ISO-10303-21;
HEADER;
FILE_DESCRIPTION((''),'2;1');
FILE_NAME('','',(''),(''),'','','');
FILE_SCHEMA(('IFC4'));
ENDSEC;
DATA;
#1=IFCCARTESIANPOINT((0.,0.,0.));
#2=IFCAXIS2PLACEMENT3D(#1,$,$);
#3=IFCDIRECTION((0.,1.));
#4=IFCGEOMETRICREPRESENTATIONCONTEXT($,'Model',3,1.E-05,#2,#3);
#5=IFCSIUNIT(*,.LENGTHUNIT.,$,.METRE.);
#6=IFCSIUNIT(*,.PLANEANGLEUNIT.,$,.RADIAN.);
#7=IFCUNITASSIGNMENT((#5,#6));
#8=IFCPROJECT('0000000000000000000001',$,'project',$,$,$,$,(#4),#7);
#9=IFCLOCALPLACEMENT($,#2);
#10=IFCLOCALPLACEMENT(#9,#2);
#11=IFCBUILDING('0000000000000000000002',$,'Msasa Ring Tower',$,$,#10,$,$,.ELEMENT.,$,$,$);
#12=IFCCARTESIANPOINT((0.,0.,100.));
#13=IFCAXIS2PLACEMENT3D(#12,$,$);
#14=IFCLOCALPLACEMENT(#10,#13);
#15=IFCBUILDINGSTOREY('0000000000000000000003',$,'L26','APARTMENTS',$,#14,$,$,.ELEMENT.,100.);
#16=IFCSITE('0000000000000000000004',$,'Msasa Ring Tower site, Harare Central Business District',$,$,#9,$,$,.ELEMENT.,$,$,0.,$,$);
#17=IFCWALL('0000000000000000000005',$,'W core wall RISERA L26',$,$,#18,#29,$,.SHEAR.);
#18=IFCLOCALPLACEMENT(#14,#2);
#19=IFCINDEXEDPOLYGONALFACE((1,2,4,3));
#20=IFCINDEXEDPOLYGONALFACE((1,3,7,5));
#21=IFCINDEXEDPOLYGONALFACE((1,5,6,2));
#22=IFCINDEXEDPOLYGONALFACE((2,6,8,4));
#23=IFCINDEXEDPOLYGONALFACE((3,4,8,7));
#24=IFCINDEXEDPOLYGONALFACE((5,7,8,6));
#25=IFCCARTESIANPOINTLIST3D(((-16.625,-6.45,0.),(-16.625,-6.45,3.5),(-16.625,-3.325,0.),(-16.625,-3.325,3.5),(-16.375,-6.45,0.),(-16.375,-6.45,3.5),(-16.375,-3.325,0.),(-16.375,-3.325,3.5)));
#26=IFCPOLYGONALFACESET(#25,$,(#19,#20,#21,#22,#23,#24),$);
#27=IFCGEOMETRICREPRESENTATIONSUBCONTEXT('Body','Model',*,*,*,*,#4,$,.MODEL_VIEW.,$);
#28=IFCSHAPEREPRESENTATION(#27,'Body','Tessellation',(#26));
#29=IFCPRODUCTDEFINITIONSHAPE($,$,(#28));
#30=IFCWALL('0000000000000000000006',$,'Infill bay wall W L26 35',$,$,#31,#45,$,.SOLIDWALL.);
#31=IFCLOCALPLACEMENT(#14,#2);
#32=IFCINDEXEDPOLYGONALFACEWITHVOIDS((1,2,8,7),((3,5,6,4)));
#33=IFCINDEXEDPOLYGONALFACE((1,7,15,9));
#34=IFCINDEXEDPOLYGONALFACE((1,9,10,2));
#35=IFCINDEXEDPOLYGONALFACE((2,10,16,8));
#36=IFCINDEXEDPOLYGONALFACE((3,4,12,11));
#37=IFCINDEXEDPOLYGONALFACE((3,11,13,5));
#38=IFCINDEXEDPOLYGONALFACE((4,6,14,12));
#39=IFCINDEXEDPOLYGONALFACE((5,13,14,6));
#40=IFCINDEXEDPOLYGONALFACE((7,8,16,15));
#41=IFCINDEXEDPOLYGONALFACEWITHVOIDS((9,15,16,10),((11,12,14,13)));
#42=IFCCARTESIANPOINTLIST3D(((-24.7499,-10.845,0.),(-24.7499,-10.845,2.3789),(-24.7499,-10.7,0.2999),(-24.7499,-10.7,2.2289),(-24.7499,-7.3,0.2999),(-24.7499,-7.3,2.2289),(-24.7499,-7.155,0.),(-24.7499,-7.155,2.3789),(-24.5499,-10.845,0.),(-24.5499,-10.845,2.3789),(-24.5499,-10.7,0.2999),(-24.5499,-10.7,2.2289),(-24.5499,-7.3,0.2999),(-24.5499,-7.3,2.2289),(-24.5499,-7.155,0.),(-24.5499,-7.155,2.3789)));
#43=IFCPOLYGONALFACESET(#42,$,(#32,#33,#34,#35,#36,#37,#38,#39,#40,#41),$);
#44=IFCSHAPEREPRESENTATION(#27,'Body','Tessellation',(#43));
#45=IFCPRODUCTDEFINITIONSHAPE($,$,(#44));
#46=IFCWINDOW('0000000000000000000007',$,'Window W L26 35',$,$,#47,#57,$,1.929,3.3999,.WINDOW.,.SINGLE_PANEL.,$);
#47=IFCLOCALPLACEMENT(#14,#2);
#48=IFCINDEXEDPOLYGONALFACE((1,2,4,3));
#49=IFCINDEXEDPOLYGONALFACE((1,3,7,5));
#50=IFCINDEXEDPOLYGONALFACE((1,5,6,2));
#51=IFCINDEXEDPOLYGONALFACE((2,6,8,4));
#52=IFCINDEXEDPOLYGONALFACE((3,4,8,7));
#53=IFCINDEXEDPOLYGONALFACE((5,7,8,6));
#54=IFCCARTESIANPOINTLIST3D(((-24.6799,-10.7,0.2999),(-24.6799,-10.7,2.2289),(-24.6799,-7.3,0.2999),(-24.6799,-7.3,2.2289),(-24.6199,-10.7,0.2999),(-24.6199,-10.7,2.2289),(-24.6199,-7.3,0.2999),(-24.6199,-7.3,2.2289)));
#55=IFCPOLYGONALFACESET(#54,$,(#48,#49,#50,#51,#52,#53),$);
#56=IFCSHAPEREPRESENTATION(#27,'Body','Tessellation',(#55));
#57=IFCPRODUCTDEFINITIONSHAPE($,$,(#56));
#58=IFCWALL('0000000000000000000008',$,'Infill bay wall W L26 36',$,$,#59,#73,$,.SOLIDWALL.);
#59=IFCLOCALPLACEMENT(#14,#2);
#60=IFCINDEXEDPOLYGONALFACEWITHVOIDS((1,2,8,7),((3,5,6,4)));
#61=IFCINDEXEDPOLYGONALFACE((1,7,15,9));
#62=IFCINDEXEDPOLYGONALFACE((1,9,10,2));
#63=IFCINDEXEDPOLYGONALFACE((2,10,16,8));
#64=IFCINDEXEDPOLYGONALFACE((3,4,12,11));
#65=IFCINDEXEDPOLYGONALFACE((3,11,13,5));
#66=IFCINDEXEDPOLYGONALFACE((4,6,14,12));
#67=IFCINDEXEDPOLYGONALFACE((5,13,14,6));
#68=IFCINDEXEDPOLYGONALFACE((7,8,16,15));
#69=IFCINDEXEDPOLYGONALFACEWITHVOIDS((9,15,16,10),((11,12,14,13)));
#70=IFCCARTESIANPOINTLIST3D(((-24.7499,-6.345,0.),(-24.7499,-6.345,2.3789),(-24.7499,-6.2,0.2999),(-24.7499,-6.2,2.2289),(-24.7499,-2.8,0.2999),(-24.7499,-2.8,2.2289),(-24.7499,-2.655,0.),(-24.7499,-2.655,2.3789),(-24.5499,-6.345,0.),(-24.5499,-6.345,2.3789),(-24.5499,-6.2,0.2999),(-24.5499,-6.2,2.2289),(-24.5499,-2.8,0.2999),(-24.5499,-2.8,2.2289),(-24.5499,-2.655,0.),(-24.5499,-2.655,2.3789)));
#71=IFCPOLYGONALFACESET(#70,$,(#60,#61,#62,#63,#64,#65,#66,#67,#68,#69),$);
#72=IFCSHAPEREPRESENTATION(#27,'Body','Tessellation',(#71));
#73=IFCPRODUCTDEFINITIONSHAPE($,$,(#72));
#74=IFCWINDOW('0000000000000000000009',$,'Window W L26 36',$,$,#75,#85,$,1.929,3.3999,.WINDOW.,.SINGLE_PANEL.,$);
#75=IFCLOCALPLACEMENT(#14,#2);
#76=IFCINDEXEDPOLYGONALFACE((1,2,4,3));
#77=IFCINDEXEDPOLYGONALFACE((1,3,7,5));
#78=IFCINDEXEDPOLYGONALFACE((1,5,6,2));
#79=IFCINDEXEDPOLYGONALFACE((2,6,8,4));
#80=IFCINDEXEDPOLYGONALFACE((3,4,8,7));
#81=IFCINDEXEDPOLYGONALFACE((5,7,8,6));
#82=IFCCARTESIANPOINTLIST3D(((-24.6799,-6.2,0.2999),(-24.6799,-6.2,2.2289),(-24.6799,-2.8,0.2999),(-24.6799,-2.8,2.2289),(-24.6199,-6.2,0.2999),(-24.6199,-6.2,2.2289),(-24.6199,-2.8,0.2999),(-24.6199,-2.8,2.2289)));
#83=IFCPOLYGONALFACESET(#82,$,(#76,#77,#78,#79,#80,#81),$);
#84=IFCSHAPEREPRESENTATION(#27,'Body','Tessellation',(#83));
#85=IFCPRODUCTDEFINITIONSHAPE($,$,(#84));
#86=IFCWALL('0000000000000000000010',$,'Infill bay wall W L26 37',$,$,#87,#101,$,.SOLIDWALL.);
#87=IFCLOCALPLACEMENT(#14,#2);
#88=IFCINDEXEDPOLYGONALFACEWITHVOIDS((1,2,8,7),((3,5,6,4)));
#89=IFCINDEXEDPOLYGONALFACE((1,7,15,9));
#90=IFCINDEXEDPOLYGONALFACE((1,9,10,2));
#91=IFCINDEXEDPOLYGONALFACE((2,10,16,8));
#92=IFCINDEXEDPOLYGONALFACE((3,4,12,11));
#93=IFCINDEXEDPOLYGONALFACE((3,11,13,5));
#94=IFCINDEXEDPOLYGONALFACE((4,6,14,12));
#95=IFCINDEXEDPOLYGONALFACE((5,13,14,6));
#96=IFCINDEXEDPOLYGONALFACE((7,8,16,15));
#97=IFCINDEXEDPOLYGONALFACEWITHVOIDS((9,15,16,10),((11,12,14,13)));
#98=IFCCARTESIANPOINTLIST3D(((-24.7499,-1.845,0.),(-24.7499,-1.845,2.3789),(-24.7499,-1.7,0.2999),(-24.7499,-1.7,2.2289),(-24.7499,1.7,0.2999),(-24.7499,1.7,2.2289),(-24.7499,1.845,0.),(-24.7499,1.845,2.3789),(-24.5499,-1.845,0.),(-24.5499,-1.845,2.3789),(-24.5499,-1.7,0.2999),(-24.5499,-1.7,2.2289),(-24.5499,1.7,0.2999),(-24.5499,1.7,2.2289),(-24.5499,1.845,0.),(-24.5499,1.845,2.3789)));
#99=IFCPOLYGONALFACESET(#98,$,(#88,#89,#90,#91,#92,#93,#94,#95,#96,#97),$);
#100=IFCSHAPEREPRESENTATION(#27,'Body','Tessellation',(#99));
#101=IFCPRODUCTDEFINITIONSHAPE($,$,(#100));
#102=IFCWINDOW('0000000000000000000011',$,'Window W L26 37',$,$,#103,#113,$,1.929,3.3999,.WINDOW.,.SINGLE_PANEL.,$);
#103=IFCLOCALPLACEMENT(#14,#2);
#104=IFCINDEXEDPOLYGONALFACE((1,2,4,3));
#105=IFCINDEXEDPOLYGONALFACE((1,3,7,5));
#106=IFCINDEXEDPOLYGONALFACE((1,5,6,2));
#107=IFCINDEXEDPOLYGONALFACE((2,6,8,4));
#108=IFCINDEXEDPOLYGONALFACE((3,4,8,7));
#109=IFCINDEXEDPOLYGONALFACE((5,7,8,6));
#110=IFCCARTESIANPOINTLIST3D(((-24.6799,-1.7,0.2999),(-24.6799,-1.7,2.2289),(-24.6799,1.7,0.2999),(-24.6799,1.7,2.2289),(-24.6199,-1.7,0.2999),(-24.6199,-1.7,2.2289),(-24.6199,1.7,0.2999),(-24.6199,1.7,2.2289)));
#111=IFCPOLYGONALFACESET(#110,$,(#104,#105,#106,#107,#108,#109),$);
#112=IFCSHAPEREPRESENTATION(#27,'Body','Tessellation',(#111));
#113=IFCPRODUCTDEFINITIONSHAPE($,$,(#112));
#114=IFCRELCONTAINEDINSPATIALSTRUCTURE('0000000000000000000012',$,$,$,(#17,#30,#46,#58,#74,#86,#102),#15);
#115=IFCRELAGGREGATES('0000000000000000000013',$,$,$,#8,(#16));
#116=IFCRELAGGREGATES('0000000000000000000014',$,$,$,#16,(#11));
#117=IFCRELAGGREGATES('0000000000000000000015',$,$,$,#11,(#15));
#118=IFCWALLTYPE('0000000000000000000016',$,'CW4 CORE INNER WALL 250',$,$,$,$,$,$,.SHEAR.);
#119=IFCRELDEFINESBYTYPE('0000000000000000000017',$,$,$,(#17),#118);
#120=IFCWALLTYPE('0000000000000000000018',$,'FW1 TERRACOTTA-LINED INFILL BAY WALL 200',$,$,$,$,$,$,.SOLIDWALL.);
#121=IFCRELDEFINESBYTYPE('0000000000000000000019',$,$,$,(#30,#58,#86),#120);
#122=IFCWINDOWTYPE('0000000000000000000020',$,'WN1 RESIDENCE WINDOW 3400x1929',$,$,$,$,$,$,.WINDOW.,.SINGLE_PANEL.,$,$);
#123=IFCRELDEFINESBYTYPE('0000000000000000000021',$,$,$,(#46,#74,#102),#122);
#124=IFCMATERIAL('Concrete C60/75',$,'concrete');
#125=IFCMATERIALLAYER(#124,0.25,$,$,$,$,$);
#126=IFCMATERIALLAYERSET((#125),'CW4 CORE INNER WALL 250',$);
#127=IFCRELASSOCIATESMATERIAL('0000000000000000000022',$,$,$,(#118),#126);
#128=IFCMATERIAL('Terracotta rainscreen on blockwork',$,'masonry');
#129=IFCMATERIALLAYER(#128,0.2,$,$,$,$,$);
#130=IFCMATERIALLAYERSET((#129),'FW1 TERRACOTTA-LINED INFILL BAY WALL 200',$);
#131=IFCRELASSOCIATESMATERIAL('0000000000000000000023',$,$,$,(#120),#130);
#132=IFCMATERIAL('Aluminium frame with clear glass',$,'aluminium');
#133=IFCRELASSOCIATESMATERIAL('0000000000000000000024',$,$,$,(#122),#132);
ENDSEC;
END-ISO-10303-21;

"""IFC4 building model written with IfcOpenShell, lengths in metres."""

from ifc_helpers import new_model, si_unit, direction, frame, frame_2d, origin, place, context, subcontext, project, spatial, rectangle, extrude, material, layer, layer_set, type_object, element, fill, save


model = new_model("IFC4")

# Units and contexts
model_context = context("Model", 3, precision=1e-05, world=origin(), true_north=direction((0.0, 1.0)))
body_context = subcontext(model_context, "Body", "Model", "MODEL_VIEW")
ifc_project = project(units=[si_unit("LENGTHUNIT", "METRE"), si_unit("PLANEANGLEUNIT", "RADIAN")], contexts=[model_context])

# Site, building, storey
site_placement = place(None, origin())
site = spatial("IfcSite", under=ifc_project, at=site_placement, Name="Msasa Ring Tower site, Harare Central Business District", CompositionType="ELEMENT", RefElevation=0.0)
building_placement = place(site_placement, origin())
building = spatial("IfcBuilding", under=site, at=building_placement, Name="Msasa Ring Tower", CompositionType="ELEMENT")
storey_placement = place(building_placement, frame((0.0, 0.0, 100.0)))
storey = spatial("IfcBuildingStorey", under=building, at=storey_placement, Name="L26", Description="APARTMENTS", CompositionType="ELEMENT", Elevation=100.0)

# Wall
ifc_material_1 = material(Name="Concrete C60/75", Category="concrete")
ifc_layer_1 = layer(ifc_material_1, 0.25)
ifc_layer_set_1 = layer_set([ifc_layer_1], Name="CW4 CORE INNER WALL 250")
wall_type_1 = type_object("IfcWallType", Name="CW4 CORE INNER WALL 250", PredefinedType="SHEAR", material=ifc_layer_set_1)
wall_1_placement = place(storey_placement, frame((-16.5, -6.45, 0.0), z_axis=(0.0, 0.0, 1.0), x_axis=(0.0, 1.0, 0.0)))
element("IfcWall", 1, at=wall_1_placement, inside=storey, type_object=wall_type_1, Name="W core wall RISERA L26", PredefinedType="SHEAR", context=body_context, shape_type="SweptSolid", body=[
    extrude(rectangle(XDim=3.125, YDim=0.25, at=frame_2d((1.5625, 0.0))), origin(), (0.0, 0.0, 1.0), 3.5),
])

# Walls, openings, windows
ifc_material_2 = material(Name="Terracotta rainscreen on blockwork", Category="masonry")
ifc_layer_2 = layer(ifc_material_2, 0.2)
ifc_layer_set_2 = layer_set([ifc_layer_2], Name="FW1 TERRACOTTA-LINED INFILL BAY WALL 200")
wall_type_2 = type_object("IfcWallType", Name="FW1 TERRACOTTA-LINED INFILL BAY WALL 200", PredefinedType="SOLIDWALL", material=ifc_layer_set_2)
wall_2_placement = place(storey_placement, frame((-24.6499, -10.845, 0.0), z_axis=(0.0, 0.0, 1.0), x_axis=(0.0, 1.0, 0.0)))
wall_2 = element("IfcWall", 2, at=wall_2_placement, inside=storey, type_object=wall_type_2, Name="Infill bay wall W L26 35", PredefinedType="SOLIDWALL", context=body_context, shape_type="SweptSolid", body=[
    extrude(rectangle(XDim=3.6899, YDim=0.2, at=frame_2d((1.845, 0.0))), origin(), (0.0, 0.0, 1.0), 2.3789),
])
opening_1_placement = place(wall_2_placement, frame((0.145, 0.0, 0.3)))
opening_1 = element("IfcOpeningElement", 3, at=opening_1_placement, cuts=wall_2, PredefinedType="OPENING", context=body_context, shape_type="SweptSolid", body=[
    extrude(rectangle(XDim=3.3999, YDim=1.929, at=frame_2d((1.7, 0.9644))), frame((0.0, 0.1099, 0.0), z_axis=(0.0, -1.0, 0.0), x_axis=(1.0, 0.0, 0.0)), (0.0, 0.0, 1.0), 0.22),
])
ifc_material_3 = material(Name="Aluminium frame with clear glass", Category="aluminium")
window_type = type_object("IfcWindowType", Name="WN1 RESIDENCE WINDOW 3400x1929", PartitioningType="SINGLE_PANEL", PredefinedType="WINDOW", material=ifc_material_3)
window_1_placement = place(opening_1_placement, origin())
window_1 = element("IfcWindow", 4, at=window_1_placement, inside=storey, type_object=window_type, Name="Window W L26 35", OverallHeight=1.929, OverallWidth=3.3999, PartitioningType="SINGLE_PANEL", PredefinedType="WINDOW", context=body_context, shape_type="SweptSolid", body=[
    extrude(rectangle(XDim=3.3999, YDim=1.929, at=frame_2d((1.7, 0.9644))), frame((0.0, 0.03, 0.0), z_axis=(0.0, -1.0, 0.0), x_axis=(1.0, 0.0, 0.0)), (0.0, 0.0, 1.0), 0.0601),
])
fill(opening_1, window_1)
wall_3_placement = place(storey_placement, frame((-24.6499, -6.345, 0.0), z_axis=(0.0, 0.0, 1.0), x_axis=(0.0, 1.0, 0.0)))
wall_3 = element("IfcWall", 5, at=wall_3_placement, inside=storey, type_object=wall_type_2, Name="Infill bay wall W L26 36", PredefinedType="SOLIDWALL", context=body_context, shape_type="SweptSolid", body=[
    extrude(rectangle(XDim=3.6899, YDim=0.2, at=frame_2d((1.845, 0.0))), origin(), (0.0, 0.0, 1.0), 2.3789),
])
opening_2_placement = place(wall_3_placement, frame((0.145, 0.0, 0.3)))
opening_2 = element("IfcOpeningElement", 6, at=opening_2_placement, cuts=wall_3, PredefinedType="OPENING", context=body_context, shape_type="SweptSolid", body=[
    extrude(rectangle(XDim=3.3999, YDim=1.929, at=frame_2d((1.7, 0.9644))), frame((0.0, 0.1099, 0.0), z_axis=(0.0, -1.0, 0.0), x_axis=(1.0, 0.0, 0.0)), (0.0, 0.0, 1.0), 0.22),
])
window_2_placement = place(opening_2_placement, origin())
window_2 = element("IfcWindow", 7, at=window_2_placement, inside=storey, type_object=window_type, Name="Window W L26 36", OverallHeight=1.929, OverallWidth=3.3999, PartitioningType="SINGLE_PANEL", PredefinedType="WINDOW", context=body_context, shape_type="SweptSolid", body=[
    extrude(rectangle(XDim=3.3999, YDim=1.929, at=frame_2d((1.7, 0.9644))), frame((0.0, 0.03, 0.0), z_axis=(0.0, -1.0, 0.0), x_axis=(1.0, 0.0, 0.0)), (0.0, 0.0, 1.0), 0.0601),
])
fill(opening_2, window_2)
wall_4_placement = place(storey_placement, frame((-24.6499, -1.845, 0.0), z_axis=(0.0, 0.0, 1.0), x_axis=(0.0, 1.0, 0.0)))
wall_4 = element("IfcWall", 8, at=wall_4_placement, inside=storey, type_object=wall_type_2, Name="Infill bay wall W L26 37", PredefinedType="SOLIDWALL", context=body_context, shape_type="SweptSolid", body=[
    extrude(rectangle(XDim=3.6899, YDim=0.2, at=frame_2d((1.845, 0.0))), origin(), (0.0, 0.0, 1.0), 2.3789),
])
opening_3_placement = place(wall_4_placement, frame((0.145, 0.0, 0.3)))
opening_3 = element("IfcOpeningElement", 9, at=opening_3_placement, cuts=wall_4, PredefinedType="OPENING", context=body_context, shape_type="SweptSolid", body=[
    extrude(rectangle(XDim=3.3999, YDim=1.929, at=frame_2d((1.7, 0.9644))), frame((0.0, 0.1099, 0.0), z_axis=(0.0, -1.0, 0.0), x_axis=(1.0, 0.0, 0.0)), (0.0, 0.0, 1.0), 0.22),
])
window_3_placement = place(opening_3_placement, origin())
window_3 = element("IfcWindow", 10, at=window_3_placement, inside=storey, type_object=window_type, Name="Window W L26 37", OverallHeight=1.929, OverallWidth=3.3999, PartitioningType="SINGLE_PANEL", PredefinedType="WINDOW", context=body_context, shape_type="SweptSolid", body=[
    extrude(rectangle(XDim=3.3999, YDim=1.929, at=frame_2d((1.7, 0.9644))), frame((0.0, 0.03, 0.0), z_axis=(0.0, -1.0, 0.0), x_axis=(1.0, 0.0, 0.0)), (0.0, 0.0, 1.0), 0.0601),
])
fill(opening_3, window_3)

save(model, "model.ifc")
